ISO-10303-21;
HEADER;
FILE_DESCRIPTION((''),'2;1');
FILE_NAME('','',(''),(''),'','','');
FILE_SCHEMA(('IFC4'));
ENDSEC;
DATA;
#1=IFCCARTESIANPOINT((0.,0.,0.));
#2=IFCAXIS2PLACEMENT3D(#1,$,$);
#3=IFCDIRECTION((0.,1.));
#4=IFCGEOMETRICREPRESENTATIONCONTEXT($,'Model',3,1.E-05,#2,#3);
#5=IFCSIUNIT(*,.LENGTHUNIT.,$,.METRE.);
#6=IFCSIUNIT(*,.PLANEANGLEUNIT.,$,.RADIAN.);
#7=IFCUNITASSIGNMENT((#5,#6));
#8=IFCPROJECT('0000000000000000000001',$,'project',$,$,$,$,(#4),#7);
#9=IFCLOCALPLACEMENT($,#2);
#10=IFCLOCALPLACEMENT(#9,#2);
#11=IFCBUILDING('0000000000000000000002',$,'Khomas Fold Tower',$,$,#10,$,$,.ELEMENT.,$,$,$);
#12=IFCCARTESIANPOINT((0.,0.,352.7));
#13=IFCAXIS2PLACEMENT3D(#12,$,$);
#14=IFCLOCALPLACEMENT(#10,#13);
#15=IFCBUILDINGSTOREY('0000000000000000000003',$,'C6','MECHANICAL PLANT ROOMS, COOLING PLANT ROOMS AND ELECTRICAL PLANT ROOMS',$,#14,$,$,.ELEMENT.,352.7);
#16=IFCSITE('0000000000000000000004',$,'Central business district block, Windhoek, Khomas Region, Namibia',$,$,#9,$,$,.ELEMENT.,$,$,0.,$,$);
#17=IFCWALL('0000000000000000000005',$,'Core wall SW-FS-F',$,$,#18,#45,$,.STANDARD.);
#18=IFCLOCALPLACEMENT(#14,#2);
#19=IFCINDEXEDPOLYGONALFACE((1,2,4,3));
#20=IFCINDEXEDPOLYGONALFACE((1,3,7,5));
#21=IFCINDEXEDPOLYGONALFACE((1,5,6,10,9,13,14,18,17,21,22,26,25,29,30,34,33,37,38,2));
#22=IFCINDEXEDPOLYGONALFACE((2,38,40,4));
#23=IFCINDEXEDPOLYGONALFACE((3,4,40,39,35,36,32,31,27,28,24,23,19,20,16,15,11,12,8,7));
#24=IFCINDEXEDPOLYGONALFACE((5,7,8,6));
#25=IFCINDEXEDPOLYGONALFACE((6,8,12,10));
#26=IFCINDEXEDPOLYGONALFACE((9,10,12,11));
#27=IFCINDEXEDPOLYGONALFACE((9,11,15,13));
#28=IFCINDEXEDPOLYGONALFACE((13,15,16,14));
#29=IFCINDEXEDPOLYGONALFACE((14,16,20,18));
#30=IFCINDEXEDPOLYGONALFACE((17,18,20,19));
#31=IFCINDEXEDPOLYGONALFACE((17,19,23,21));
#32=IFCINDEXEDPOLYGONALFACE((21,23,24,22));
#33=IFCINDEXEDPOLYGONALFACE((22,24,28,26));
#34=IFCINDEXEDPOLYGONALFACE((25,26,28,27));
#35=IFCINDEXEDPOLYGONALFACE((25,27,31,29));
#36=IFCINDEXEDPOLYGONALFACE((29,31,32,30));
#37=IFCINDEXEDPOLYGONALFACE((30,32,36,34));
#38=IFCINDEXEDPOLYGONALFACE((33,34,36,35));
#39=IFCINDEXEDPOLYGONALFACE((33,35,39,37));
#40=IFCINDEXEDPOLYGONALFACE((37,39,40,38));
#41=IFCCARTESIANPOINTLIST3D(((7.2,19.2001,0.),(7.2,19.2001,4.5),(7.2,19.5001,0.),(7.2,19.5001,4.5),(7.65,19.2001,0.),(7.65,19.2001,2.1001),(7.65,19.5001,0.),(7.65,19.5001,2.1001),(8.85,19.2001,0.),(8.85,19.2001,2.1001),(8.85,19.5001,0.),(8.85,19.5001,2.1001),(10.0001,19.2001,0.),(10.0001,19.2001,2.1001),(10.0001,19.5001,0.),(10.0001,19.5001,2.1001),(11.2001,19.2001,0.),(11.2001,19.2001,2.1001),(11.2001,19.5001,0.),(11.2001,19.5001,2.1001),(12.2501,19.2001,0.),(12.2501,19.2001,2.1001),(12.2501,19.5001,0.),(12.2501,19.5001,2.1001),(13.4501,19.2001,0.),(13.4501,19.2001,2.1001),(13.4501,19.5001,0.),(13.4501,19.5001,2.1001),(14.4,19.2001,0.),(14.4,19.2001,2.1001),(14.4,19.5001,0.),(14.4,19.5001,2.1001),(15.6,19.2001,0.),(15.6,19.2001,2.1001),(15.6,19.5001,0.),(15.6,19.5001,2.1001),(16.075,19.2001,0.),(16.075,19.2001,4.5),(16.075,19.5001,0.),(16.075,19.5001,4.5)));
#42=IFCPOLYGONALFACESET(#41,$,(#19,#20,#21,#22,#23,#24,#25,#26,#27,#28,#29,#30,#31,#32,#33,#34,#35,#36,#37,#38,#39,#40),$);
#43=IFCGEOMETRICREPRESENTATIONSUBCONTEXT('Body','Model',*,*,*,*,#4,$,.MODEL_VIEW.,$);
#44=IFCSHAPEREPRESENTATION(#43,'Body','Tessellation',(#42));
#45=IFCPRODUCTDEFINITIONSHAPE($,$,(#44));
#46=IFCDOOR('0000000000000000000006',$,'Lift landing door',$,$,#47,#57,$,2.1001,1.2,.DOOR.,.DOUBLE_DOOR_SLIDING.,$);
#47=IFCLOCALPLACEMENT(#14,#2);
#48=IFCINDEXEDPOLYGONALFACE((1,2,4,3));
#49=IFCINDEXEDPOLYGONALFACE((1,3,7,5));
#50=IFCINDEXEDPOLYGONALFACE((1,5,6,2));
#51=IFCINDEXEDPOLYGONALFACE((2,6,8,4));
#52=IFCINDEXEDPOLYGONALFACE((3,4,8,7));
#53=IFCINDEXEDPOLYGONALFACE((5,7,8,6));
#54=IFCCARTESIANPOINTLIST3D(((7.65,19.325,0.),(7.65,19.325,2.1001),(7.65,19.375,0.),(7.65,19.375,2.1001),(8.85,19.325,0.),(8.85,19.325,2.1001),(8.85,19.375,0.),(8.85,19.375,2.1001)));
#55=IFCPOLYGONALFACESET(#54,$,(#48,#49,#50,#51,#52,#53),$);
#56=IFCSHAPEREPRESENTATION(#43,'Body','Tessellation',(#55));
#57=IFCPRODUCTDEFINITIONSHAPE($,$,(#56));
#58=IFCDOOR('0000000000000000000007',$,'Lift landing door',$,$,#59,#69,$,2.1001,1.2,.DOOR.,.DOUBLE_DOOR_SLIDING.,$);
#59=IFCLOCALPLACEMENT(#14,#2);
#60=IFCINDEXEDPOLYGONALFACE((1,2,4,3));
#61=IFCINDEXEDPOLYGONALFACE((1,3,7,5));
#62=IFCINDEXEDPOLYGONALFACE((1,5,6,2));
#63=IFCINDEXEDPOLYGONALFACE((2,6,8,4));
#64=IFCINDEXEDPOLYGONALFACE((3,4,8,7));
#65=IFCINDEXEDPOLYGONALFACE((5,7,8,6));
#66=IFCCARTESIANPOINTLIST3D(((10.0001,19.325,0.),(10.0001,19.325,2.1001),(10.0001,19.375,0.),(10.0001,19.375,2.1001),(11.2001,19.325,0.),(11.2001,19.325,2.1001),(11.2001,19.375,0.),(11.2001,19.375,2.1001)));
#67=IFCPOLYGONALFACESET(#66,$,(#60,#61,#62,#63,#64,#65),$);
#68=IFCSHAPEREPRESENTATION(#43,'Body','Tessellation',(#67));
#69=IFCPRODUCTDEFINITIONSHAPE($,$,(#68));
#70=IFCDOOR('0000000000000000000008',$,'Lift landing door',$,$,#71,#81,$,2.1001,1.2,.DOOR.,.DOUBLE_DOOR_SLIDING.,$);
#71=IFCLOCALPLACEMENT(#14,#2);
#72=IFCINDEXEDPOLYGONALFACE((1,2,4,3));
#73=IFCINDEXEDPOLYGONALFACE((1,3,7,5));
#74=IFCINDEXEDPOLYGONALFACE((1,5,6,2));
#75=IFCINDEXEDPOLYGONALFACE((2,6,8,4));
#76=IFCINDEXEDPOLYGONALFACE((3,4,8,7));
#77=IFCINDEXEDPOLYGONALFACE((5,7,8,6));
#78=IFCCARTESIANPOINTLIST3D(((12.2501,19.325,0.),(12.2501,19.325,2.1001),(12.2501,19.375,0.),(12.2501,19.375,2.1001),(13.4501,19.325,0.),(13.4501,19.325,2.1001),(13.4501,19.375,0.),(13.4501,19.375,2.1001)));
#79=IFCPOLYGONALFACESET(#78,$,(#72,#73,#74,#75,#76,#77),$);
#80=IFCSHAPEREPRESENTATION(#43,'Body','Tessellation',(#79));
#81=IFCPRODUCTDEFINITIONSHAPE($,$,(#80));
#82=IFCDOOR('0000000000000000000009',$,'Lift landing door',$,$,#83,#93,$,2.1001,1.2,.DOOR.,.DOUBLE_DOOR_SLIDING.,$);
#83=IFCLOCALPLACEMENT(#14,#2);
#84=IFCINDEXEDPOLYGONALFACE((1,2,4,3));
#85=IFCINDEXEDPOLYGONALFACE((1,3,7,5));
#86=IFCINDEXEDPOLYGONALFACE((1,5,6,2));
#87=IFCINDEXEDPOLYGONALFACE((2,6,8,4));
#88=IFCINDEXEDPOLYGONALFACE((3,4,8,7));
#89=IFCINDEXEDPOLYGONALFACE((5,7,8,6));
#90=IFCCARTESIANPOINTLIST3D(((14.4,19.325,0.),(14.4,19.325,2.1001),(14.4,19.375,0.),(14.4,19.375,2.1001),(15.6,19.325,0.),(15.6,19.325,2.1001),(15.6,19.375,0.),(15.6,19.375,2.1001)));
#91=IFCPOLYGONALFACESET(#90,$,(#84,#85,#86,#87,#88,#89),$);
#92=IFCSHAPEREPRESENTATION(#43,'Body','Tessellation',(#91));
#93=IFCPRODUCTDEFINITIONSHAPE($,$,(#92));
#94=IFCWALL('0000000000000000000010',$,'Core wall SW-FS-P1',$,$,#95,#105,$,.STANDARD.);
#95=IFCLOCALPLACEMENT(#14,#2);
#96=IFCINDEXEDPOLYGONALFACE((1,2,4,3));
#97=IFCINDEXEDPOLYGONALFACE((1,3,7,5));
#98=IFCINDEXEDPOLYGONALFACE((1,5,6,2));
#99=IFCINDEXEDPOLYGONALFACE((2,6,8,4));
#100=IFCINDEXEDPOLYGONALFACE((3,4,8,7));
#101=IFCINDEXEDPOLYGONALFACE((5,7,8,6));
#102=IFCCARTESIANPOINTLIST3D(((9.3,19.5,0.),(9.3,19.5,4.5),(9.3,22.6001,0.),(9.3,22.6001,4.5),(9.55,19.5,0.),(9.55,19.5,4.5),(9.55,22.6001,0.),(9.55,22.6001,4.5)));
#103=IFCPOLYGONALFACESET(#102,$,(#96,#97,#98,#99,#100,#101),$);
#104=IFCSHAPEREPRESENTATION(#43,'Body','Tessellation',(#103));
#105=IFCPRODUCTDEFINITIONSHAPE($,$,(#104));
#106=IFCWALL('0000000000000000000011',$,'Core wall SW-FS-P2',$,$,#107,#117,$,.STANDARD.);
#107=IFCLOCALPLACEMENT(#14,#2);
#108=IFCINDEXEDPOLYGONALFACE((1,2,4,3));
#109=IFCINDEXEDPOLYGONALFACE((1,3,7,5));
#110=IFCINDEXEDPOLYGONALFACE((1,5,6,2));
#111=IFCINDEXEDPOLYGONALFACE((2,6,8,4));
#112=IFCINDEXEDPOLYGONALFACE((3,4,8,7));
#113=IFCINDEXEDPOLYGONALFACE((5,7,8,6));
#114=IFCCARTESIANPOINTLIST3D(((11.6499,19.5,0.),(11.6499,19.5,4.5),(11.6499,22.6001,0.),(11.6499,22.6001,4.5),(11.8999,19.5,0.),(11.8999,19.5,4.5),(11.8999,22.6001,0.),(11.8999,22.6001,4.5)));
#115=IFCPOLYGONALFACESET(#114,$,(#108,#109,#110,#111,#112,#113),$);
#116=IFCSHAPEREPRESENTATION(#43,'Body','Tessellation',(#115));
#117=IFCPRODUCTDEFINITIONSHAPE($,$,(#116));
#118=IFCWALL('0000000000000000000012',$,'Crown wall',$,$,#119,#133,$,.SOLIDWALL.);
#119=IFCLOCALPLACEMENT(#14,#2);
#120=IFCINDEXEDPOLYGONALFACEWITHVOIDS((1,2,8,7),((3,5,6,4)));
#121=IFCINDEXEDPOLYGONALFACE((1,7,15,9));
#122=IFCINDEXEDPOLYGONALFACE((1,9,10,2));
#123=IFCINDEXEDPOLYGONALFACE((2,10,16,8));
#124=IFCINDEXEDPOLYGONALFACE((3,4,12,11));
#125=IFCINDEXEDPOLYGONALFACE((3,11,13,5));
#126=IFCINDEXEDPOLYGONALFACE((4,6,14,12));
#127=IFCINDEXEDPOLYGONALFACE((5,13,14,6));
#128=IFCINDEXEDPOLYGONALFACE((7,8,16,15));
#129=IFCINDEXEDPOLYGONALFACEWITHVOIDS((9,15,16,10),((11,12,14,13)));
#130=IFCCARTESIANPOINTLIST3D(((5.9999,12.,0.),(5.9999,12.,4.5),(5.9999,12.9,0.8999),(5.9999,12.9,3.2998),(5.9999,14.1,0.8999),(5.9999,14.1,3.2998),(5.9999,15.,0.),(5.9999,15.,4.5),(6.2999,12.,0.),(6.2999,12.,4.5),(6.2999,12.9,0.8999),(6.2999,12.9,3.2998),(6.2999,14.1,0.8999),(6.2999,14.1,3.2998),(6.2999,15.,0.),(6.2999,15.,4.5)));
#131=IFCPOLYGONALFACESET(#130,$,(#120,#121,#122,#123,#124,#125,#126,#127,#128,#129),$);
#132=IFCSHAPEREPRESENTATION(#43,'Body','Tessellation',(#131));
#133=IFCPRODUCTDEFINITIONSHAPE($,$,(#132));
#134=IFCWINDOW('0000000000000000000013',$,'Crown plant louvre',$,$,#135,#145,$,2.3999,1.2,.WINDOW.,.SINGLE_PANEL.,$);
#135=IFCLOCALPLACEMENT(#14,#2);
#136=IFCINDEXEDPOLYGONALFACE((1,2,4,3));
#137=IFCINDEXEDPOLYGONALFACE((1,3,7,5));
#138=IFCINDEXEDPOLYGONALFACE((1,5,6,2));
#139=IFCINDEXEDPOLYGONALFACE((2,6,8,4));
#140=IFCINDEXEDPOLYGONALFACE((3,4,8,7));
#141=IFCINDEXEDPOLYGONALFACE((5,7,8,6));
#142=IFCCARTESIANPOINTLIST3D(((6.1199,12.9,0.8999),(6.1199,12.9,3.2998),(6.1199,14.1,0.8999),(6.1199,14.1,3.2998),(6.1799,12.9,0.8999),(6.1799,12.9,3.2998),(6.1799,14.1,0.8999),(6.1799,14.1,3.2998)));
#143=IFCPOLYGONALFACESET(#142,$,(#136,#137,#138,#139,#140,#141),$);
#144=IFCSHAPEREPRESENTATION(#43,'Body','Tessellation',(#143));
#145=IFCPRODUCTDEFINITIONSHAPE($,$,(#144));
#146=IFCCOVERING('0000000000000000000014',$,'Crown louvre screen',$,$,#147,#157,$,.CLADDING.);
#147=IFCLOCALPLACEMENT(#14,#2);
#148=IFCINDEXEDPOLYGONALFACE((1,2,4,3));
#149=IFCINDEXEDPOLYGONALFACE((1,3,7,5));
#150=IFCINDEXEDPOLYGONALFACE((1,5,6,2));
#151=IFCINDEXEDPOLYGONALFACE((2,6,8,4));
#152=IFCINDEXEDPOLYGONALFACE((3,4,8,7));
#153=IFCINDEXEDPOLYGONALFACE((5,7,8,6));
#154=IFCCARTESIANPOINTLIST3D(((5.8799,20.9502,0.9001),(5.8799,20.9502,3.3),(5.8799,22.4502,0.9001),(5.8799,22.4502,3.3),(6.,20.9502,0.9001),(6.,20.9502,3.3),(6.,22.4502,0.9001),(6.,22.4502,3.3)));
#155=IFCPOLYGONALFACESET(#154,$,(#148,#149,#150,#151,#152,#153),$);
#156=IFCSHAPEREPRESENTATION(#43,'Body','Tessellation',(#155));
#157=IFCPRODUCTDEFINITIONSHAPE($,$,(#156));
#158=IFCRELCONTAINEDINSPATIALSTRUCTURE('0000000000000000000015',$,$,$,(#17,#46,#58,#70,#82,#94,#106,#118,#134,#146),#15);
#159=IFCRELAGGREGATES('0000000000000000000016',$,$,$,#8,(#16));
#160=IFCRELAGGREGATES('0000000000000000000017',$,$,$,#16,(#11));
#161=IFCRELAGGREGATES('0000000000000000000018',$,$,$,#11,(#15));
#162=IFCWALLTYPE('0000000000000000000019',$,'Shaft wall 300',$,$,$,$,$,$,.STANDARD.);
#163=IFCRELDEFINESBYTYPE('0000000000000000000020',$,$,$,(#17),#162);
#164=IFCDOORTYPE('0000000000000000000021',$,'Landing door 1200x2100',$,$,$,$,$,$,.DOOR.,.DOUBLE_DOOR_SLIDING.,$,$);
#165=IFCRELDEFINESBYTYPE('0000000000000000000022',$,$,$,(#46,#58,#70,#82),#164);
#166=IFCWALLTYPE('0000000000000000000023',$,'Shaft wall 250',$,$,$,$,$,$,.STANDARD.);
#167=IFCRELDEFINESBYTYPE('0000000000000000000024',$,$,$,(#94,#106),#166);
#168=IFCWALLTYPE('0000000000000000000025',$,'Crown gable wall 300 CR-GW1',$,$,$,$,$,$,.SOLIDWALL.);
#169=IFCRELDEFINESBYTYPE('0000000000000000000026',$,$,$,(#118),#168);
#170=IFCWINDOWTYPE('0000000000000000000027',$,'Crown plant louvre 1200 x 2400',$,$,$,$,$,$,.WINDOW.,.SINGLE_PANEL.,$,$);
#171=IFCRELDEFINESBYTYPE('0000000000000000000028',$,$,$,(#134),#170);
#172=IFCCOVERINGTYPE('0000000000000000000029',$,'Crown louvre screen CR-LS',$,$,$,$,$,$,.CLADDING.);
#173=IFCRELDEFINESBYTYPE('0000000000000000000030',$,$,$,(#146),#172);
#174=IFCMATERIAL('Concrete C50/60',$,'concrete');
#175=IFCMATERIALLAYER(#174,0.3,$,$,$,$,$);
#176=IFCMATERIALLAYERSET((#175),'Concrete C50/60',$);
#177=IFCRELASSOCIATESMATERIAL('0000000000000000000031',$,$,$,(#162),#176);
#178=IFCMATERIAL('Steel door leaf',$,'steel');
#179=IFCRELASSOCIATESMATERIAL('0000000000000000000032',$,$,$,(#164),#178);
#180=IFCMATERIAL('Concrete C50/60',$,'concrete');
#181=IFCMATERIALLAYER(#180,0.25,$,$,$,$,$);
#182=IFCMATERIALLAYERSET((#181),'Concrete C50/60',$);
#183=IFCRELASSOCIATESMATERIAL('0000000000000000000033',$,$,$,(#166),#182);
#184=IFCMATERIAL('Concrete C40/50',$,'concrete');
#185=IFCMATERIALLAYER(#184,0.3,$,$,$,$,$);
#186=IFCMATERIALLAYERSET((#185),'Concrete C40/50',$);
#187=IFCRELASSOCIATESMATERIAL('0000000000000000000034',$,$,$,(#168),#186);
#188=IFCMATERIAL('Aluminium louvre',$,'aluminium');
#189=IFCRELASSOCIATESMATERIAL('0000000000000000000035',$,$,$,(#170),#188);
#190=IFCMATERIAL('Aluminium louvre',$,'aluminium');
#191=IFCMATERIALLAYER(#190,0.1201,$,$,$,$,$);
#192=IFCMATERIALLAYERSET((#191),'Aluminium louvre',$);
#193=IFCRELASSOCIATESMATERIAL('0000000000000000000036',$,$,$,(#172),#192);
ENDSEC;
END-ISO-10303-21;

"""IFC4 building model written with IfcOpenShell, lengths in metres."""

from ifc_helpers import new_model, si_unit, direction, frame, frame_2d, origin, origin_2d, place, context, subcontext, project, spatial, rectangle, extrude, source, transform, mapped, material, layer, layer_set, type_object, element, fill, save


model = new_model("IFC4")

# Units and contexts
model_context = context("Model", 3, precision=1e-05, world=origin(), true_north=direction((0.0, 1.0)))
body_context = subcontext(model_context, "Body", "Model", "MODEL_VIEW")
ifc_project = project(units=[si_unit("LENGTHUNIT", "METRE"), si_unit("PLANEANGLEUNIT", "RADIAN")], contexts=[model_context])

# Site, building, storey
site_placement = place(None, origin())
site = spatial("IfcSite", under=ifc_project, at=site_placement, Name="Central business district block, Windhoek, Khomas Region, Namibia", CompositionType="ELEMENT", RefElevation=0.0)
building_placement = place(site_placement, origin())
building = spatial("IfcBuilding", under=site, at=building_placement, Name="Khomas Fold Tower", CompositionType="ELEMENT")
storey_placement = place(building_placement, frame((0.0, 0.0, 352.7)))
storey = spatial("IfcBuildingStorey", under=building, at=storey_placement, Name="C6", Description="MECHANICAL PLANT ROOMS, COOLING PLANT ROOMS AND ELECTRICAL PLANT ROOMS", CompositionType="ELEMENT", Elevation=352.7)

# Wall, openings, doors
ifc_material_1 = material(Name="Concrete C50/60", Category="concrete")
ifc_layer_1 = layer(ifc_material_1, 0.3)
ifc_layer_set_1 = layer_set([ifc_layer_1], Name="Concrete C50/60")
wall_type_1 = type_object("IfcWallType", Name="Shaft wall 300", PredefinedType="STANDARD", material=ifc_layer_set_1)
shared_shape_1 = source(origin(), body_context, "Body", "SweptSolid", [
    extrude(rectangle(XDim=8.875, YDim=0.3, at=frame_2d((4.4375, 0.0))), origin(), (0.0, 0.0, 1.0), 4.5),
])
wall_1_placement = place(storey_placement, frame((7.2, 19.3501, 0.0), z_axis=(0.0, 0.0, 1.0), x_axis=(1.0, 0.0, 0.0)))
wall_1 = element("IfcWall", 1, at=wall_1_placement, inside=storey, type_object=wall_type_1, Name="Core wall SW-FS-F", PredefinedType="STANDARD", context=body_context, shape_type="MappedRepresentation", body=[
    mapped(shared_shape_1, transform((0.0, 0.0, 0.0))),
])
shared_shape_2 = source(origin(), body_context, "Body", "SweptSolid", [
    extrude(rectangle(XDim=1.2, YDim=2.1001, at=frame_2d((0.6001, 1.05))), frame((0.0, 0.1599, 0.0), z_axis=(0.0, -1.0, 0.0), x_axis=(1.0, 0.0, 0.0)), (0.0, 0.0, 1.0), 0.3201),
])
opening_1_placement = place(wall_1_placement, frame((0.45, 0.0, 0.0)))
opening_1 = element("IfcOpeningElement", 2, at=opening_1_placement, cuts=wall_1, PredefinedType="OPENING", context=body_context, shape_type="MappedRepresentation", body=[
    mapped(shared_shape_2, transform((0.0, 0.0, 0.0))),
])
opening_2_placement = place(wall_1_placement, frame((2.8, 0.0, 0.0)))
opening_2 = element("IfcOpeningElement", 3, at=opening_2_placement, cuts=wall_1, PredefinedType="OPENING", context=body_context, shape_type="MappedRepresentation", body=[
    mapped(shared_shape_2, transform((0.0, 0.0, 0.0))),
])
opening_3_placement = place(wall_1_placement, frame((5.05, 0.0, 0.0)))
opening_3 = element("IfcOpeningElement", 4, at=opening_3_placement, cuts=wall_1, PredefinedType="OPENING", context=body_context, shape_type="MappedRepresentation", body=[
    mapped(shared_shape_2, transform((0.0, 0.0, 0.0))),
])
opening_4_placement = place(wall_1_placement, frame((7.2, 0.0, 0.0)))
opening_4 = element("IfcOpeningElement", 5, at=opening_4_placement, cuts=wall_1, PredefinedType="OPENING", context=body_context, shape_type="MappedRepresentation", body=[
    mapped(shared_shape_2, transform((0.0, 0.0, 0.0))),
])
ifc_material_2 = material(Name="Steel door leaf", Category="steel")
door_type_1 = type_object("IfcDoorType", Name="Landing door 1200x2100", OperationType="DOUBLE_DOOR_SLIDING", PredefinedType="DOOR", material=ifc_material_2)
shared_shape_3 = source(origin(), body_context, "Body", "SweptSolid", [
    extrude(rectangle(XDim=1.2, YDim=2.1001, at=frame_2d((0.6001, 1.05))), frame((0.0, 0.0249, 0.0), z_axis=(0.0, -1.0, 0.0), x_axis=(1.0, 0.0, 0.0)), (0.0, 0.0, 1.0), 0.05),
])
door_1_placement = place(opening_1_placement, origin())
door_1 = element("IfcDoor", 6, at=door_1_placement, inside=storey, type_object=door_type_1, Name="Lift landing door", OperationType="DOUBLE_DOOR_SLIDING", OverallHeight=2.1001, OverallWidth=1.2, PredefinedType="DOOR", context=body_context, shape_type="MappedRepresentation", body=[
    mapped(shared_shape_3, transform((0.0, 0.0, 0.0))),
])
fill(opening_1, door_1)
door_2_placement = place(opening_2_placement, origin())
door_2 = element("IfcDoor", 7, at=door_2_placement, inside=storey, type_object=door_type_1, Name="Lift landing door", OperationType="DOUBLE_DOOR_SLIDING", OverallHeight=2.1001, OverallWidth=1.2, PredefinedType="DOOR", context=body_context, shape_type="MappedRepresentation", body=[
    mapped(shared_shape_3, transform((0.0, 0.0, 0.0))),
])
fill(opening_2, door_2)
door_3_placement = place(opening_3_placement, origin())
door_3 = element("IfcDoor", 8, at=door_3_placement, inside=storey, type_object=door_type_1, Name="Lift landing door", OperationType="DOUBLE_DOOR_SLIDING", OverallHeight=2.1001, OverallWidth=1.2, PredefinedType="DOOR", context=body_context, shape_type="MappedRepresentation", body=[
    mapped(shared_shape_3, transform((0.0, 0.0, 0.0))),
])
fill(opening_3, door_3)
door_4_placement = place(opening_4_placement, origin())
door_4 = element("IfcDoor", 9, at=door_4_placement, inside=storey, type_object=door_type_1, Name="Lift landing door", OperationType="DOUBLE_DOOR_SLIDING", OverallHeight=2.1001, OverallWidth=1.2, PredefinedType="DOOR", context=body_context, shape_type="MappedRepresentation", body=[
    mapped(shared_shape_3, transform((0.0, 0.0, 0.0))),
])
fill(opening_4, door_4)

# Walls
ifc_material_3 = material(Name="Concrete C50/60", Category="concrete")
ifc_layer_2 = layer(ifc_material_3, 0.25)
ifc_layer_set_2 = layer_set([ifc_layer_2], Name="Concrete C50/60")
wall_type_2 = type_object("IfcWallType", Name="Shaft wall 250", PredefinedType="STANDARD", material=ifc_layer_set_2)
shared_shape_4 = source(origin(), body_context, "Body", "SweptSolid", [
    extrude(rectangle(XDim=3.1001, YDim=0.25, at=frame_2d((1.55, 0.0))), origin(), (0.0, 0.0, 1.0), 4.5),
])
for number, where, z_axis, x_axis, name in (
    (10, (9.425, 19.5, 0.0), (0.0, 0.0, 1.0), (0.0, 1.0, 0.0), "Core wall SW-FS-P1"),
    (11, (11.7749, 19.5, 0.0), (0.0, 0.0, 1.0), (0.0, 1.0, 0.0), "Core wall SW-FS-P2"),
):
    element("IfcWall", number, at=place(storey_placement, frame(where, z_axis=z_axis, x_axis=x_axis)), inside=storey, type_object=wall_type_2, Name=name, PredefinedType="STANDARD", context=body_context, shape_type="MappedRepresentation", body=[
        mapped(shared_shape_4, transform((0.0, 0.0, 0.0))),
    ])

# Wall, opening, window
ifc_material_4 = material(Name="Concrete C40/50", Category="concrete")
ifc_layer_3 = layer(ifc_material_4, 0.3)
ifc_layer_set_3 = layer_set([ifc_layer_3], Name="Concrete C40/50")
wall_type_3 = type_object("IfcWallType", Name="Crown gable wall 300 CR-GW1", PredefinedType="SOLIDWALL", material=ifc_layer_set_3)
shared_shape_5 = source(origin(), body_context, "Body", "SweptSolid", [
    extrude(rectangle(XDim=3.0, YDim=0.3, at=frame_2d((1.5, 0.0))), origin(), (0.0, 0.0, 1.0), 4.5),
])
wall_2_placement = place(storey_placement, frame((6.1499, 15.0, 0.0), z_axis=(0.0, 0.0, 1.0), x_axis=(0.0, -1.0, 0.0)))
wall_2 = element("IfcWall", 12, at=wall_2_placement, inside=storey, type_object=wall_type_3, Name="Crown wall", PredefinedType="SOLIDWALL", context=body_context, shape_type="MappedRepresentation", body=[
    mapped(shared_shape_5, transform((0.0, 0.0, 0.0))),
])
shared_shape_6 = source(origin(), body_context, "Body", "SweptSolid", [
    extrude(rectangle(XDim=1.2, YDim=2.3999, at=frame_2d((0.6001, 1.2))), frame((0.0, 0.1599, 0.0), z_axis=(0.0, -1.0, 0.0), x_axis=(1.0, 0.0, 0.0)), (0.0, 0.0, 1.0), 0.3201),
])
opening_5_placement = place(wall_2_placement, frame((0.8999, 0.0, 0.8999)))
opening_5 = element("IfcOpeningElement", 13, at=opening_5_placement, cuts=wall_2, PredefinedType="OPENING", context=body_context, shape_type="MappedRepresentation", body=[
    mapped(shared_shape_6, transform((0.0, 0.0, 0.0))),
])
ifc_material_5 = material(Name="Aluminium louvre", Category="aluminium")
window_type = type_object("IfcWindowType", Name="Crown plant louvre 1200 x 2400", PartitioningType="SINGLE_PANEL", PredefinedType="WINDOW", material=ifc_material_5)
shared_shape_7 = source(origin(), body_context, "Body", "SweptSolid", [
    extrude(rectangle(XDim=1.2, YDim=2.3999, at=frame_2d((0.6001, 1.2))), frame((0.0, 0.03, 0.0), z_axis=(0.0, -1.0, 0.0), x_axis=(1.0, 0.0, 0.0)), (0.0, 0.0, 1.0), 0.0601),
])
window_placement = place(opening_5_placement, origin())
window = element("IfcWindow", 14, at=window_placement, inside=storey, type_object=window_type, Name="Crown plant louvre", OverallHeight=2.3999, OverallWidth=1.2, PartitioningType="SINGLE_PANEL", PredefinedType="WINDOW", context=body_context, shape_type="MappedRepresentation", body=[
    mapped(shared_shape_7, transform((0.0, 0.0, 0.0))),
])
fill(opening_5, window)

# Covering
ifc_material_6 = material(Name="Aluminium louvre", Category="aluminium")
ifc_layer_4 = layer(ifc_material_6, 0.1201)
ifc_layer_set_4 = layer_set([ifc_layer_4], Name="Aluminium louvre")
covering_type = type_object("IfcCoveringType", Name="Crown louvre screen CR-LS", PredefinedType="CLADDING", material=ifc_layer_set_4)
shared_shape_8 = source(origin(), body_context, "Body", "SweptSolid", [
    extrude(rectangle(XDim=1.5, YDim=0.1201, at=origin_2d()), origin(), (0.0, 0.0, 1.0), 2.3999),
])
for number, where, z_axis, x_axis, name in (
    (15, (5.9399, 21.7002, 0.9001), (0.0, 0.0, 1.0), (0.0, -1.0, 0.0), "Crown louvre screen"),
):
    element("IfcCovering", number, at=place(storey_placement, frame(where, z_axis=z_axis, x_axis=x_axis)), inside=storey, type_object=covering_type, Name=name, PredefinedType="CLADDING", context=body_context, shape_type="MappedRepresentation", body=[
        mapped(shared_shape_8, transform((0.0, 0.0, 0.0))),
    ])

save(model, "model.ifc")
